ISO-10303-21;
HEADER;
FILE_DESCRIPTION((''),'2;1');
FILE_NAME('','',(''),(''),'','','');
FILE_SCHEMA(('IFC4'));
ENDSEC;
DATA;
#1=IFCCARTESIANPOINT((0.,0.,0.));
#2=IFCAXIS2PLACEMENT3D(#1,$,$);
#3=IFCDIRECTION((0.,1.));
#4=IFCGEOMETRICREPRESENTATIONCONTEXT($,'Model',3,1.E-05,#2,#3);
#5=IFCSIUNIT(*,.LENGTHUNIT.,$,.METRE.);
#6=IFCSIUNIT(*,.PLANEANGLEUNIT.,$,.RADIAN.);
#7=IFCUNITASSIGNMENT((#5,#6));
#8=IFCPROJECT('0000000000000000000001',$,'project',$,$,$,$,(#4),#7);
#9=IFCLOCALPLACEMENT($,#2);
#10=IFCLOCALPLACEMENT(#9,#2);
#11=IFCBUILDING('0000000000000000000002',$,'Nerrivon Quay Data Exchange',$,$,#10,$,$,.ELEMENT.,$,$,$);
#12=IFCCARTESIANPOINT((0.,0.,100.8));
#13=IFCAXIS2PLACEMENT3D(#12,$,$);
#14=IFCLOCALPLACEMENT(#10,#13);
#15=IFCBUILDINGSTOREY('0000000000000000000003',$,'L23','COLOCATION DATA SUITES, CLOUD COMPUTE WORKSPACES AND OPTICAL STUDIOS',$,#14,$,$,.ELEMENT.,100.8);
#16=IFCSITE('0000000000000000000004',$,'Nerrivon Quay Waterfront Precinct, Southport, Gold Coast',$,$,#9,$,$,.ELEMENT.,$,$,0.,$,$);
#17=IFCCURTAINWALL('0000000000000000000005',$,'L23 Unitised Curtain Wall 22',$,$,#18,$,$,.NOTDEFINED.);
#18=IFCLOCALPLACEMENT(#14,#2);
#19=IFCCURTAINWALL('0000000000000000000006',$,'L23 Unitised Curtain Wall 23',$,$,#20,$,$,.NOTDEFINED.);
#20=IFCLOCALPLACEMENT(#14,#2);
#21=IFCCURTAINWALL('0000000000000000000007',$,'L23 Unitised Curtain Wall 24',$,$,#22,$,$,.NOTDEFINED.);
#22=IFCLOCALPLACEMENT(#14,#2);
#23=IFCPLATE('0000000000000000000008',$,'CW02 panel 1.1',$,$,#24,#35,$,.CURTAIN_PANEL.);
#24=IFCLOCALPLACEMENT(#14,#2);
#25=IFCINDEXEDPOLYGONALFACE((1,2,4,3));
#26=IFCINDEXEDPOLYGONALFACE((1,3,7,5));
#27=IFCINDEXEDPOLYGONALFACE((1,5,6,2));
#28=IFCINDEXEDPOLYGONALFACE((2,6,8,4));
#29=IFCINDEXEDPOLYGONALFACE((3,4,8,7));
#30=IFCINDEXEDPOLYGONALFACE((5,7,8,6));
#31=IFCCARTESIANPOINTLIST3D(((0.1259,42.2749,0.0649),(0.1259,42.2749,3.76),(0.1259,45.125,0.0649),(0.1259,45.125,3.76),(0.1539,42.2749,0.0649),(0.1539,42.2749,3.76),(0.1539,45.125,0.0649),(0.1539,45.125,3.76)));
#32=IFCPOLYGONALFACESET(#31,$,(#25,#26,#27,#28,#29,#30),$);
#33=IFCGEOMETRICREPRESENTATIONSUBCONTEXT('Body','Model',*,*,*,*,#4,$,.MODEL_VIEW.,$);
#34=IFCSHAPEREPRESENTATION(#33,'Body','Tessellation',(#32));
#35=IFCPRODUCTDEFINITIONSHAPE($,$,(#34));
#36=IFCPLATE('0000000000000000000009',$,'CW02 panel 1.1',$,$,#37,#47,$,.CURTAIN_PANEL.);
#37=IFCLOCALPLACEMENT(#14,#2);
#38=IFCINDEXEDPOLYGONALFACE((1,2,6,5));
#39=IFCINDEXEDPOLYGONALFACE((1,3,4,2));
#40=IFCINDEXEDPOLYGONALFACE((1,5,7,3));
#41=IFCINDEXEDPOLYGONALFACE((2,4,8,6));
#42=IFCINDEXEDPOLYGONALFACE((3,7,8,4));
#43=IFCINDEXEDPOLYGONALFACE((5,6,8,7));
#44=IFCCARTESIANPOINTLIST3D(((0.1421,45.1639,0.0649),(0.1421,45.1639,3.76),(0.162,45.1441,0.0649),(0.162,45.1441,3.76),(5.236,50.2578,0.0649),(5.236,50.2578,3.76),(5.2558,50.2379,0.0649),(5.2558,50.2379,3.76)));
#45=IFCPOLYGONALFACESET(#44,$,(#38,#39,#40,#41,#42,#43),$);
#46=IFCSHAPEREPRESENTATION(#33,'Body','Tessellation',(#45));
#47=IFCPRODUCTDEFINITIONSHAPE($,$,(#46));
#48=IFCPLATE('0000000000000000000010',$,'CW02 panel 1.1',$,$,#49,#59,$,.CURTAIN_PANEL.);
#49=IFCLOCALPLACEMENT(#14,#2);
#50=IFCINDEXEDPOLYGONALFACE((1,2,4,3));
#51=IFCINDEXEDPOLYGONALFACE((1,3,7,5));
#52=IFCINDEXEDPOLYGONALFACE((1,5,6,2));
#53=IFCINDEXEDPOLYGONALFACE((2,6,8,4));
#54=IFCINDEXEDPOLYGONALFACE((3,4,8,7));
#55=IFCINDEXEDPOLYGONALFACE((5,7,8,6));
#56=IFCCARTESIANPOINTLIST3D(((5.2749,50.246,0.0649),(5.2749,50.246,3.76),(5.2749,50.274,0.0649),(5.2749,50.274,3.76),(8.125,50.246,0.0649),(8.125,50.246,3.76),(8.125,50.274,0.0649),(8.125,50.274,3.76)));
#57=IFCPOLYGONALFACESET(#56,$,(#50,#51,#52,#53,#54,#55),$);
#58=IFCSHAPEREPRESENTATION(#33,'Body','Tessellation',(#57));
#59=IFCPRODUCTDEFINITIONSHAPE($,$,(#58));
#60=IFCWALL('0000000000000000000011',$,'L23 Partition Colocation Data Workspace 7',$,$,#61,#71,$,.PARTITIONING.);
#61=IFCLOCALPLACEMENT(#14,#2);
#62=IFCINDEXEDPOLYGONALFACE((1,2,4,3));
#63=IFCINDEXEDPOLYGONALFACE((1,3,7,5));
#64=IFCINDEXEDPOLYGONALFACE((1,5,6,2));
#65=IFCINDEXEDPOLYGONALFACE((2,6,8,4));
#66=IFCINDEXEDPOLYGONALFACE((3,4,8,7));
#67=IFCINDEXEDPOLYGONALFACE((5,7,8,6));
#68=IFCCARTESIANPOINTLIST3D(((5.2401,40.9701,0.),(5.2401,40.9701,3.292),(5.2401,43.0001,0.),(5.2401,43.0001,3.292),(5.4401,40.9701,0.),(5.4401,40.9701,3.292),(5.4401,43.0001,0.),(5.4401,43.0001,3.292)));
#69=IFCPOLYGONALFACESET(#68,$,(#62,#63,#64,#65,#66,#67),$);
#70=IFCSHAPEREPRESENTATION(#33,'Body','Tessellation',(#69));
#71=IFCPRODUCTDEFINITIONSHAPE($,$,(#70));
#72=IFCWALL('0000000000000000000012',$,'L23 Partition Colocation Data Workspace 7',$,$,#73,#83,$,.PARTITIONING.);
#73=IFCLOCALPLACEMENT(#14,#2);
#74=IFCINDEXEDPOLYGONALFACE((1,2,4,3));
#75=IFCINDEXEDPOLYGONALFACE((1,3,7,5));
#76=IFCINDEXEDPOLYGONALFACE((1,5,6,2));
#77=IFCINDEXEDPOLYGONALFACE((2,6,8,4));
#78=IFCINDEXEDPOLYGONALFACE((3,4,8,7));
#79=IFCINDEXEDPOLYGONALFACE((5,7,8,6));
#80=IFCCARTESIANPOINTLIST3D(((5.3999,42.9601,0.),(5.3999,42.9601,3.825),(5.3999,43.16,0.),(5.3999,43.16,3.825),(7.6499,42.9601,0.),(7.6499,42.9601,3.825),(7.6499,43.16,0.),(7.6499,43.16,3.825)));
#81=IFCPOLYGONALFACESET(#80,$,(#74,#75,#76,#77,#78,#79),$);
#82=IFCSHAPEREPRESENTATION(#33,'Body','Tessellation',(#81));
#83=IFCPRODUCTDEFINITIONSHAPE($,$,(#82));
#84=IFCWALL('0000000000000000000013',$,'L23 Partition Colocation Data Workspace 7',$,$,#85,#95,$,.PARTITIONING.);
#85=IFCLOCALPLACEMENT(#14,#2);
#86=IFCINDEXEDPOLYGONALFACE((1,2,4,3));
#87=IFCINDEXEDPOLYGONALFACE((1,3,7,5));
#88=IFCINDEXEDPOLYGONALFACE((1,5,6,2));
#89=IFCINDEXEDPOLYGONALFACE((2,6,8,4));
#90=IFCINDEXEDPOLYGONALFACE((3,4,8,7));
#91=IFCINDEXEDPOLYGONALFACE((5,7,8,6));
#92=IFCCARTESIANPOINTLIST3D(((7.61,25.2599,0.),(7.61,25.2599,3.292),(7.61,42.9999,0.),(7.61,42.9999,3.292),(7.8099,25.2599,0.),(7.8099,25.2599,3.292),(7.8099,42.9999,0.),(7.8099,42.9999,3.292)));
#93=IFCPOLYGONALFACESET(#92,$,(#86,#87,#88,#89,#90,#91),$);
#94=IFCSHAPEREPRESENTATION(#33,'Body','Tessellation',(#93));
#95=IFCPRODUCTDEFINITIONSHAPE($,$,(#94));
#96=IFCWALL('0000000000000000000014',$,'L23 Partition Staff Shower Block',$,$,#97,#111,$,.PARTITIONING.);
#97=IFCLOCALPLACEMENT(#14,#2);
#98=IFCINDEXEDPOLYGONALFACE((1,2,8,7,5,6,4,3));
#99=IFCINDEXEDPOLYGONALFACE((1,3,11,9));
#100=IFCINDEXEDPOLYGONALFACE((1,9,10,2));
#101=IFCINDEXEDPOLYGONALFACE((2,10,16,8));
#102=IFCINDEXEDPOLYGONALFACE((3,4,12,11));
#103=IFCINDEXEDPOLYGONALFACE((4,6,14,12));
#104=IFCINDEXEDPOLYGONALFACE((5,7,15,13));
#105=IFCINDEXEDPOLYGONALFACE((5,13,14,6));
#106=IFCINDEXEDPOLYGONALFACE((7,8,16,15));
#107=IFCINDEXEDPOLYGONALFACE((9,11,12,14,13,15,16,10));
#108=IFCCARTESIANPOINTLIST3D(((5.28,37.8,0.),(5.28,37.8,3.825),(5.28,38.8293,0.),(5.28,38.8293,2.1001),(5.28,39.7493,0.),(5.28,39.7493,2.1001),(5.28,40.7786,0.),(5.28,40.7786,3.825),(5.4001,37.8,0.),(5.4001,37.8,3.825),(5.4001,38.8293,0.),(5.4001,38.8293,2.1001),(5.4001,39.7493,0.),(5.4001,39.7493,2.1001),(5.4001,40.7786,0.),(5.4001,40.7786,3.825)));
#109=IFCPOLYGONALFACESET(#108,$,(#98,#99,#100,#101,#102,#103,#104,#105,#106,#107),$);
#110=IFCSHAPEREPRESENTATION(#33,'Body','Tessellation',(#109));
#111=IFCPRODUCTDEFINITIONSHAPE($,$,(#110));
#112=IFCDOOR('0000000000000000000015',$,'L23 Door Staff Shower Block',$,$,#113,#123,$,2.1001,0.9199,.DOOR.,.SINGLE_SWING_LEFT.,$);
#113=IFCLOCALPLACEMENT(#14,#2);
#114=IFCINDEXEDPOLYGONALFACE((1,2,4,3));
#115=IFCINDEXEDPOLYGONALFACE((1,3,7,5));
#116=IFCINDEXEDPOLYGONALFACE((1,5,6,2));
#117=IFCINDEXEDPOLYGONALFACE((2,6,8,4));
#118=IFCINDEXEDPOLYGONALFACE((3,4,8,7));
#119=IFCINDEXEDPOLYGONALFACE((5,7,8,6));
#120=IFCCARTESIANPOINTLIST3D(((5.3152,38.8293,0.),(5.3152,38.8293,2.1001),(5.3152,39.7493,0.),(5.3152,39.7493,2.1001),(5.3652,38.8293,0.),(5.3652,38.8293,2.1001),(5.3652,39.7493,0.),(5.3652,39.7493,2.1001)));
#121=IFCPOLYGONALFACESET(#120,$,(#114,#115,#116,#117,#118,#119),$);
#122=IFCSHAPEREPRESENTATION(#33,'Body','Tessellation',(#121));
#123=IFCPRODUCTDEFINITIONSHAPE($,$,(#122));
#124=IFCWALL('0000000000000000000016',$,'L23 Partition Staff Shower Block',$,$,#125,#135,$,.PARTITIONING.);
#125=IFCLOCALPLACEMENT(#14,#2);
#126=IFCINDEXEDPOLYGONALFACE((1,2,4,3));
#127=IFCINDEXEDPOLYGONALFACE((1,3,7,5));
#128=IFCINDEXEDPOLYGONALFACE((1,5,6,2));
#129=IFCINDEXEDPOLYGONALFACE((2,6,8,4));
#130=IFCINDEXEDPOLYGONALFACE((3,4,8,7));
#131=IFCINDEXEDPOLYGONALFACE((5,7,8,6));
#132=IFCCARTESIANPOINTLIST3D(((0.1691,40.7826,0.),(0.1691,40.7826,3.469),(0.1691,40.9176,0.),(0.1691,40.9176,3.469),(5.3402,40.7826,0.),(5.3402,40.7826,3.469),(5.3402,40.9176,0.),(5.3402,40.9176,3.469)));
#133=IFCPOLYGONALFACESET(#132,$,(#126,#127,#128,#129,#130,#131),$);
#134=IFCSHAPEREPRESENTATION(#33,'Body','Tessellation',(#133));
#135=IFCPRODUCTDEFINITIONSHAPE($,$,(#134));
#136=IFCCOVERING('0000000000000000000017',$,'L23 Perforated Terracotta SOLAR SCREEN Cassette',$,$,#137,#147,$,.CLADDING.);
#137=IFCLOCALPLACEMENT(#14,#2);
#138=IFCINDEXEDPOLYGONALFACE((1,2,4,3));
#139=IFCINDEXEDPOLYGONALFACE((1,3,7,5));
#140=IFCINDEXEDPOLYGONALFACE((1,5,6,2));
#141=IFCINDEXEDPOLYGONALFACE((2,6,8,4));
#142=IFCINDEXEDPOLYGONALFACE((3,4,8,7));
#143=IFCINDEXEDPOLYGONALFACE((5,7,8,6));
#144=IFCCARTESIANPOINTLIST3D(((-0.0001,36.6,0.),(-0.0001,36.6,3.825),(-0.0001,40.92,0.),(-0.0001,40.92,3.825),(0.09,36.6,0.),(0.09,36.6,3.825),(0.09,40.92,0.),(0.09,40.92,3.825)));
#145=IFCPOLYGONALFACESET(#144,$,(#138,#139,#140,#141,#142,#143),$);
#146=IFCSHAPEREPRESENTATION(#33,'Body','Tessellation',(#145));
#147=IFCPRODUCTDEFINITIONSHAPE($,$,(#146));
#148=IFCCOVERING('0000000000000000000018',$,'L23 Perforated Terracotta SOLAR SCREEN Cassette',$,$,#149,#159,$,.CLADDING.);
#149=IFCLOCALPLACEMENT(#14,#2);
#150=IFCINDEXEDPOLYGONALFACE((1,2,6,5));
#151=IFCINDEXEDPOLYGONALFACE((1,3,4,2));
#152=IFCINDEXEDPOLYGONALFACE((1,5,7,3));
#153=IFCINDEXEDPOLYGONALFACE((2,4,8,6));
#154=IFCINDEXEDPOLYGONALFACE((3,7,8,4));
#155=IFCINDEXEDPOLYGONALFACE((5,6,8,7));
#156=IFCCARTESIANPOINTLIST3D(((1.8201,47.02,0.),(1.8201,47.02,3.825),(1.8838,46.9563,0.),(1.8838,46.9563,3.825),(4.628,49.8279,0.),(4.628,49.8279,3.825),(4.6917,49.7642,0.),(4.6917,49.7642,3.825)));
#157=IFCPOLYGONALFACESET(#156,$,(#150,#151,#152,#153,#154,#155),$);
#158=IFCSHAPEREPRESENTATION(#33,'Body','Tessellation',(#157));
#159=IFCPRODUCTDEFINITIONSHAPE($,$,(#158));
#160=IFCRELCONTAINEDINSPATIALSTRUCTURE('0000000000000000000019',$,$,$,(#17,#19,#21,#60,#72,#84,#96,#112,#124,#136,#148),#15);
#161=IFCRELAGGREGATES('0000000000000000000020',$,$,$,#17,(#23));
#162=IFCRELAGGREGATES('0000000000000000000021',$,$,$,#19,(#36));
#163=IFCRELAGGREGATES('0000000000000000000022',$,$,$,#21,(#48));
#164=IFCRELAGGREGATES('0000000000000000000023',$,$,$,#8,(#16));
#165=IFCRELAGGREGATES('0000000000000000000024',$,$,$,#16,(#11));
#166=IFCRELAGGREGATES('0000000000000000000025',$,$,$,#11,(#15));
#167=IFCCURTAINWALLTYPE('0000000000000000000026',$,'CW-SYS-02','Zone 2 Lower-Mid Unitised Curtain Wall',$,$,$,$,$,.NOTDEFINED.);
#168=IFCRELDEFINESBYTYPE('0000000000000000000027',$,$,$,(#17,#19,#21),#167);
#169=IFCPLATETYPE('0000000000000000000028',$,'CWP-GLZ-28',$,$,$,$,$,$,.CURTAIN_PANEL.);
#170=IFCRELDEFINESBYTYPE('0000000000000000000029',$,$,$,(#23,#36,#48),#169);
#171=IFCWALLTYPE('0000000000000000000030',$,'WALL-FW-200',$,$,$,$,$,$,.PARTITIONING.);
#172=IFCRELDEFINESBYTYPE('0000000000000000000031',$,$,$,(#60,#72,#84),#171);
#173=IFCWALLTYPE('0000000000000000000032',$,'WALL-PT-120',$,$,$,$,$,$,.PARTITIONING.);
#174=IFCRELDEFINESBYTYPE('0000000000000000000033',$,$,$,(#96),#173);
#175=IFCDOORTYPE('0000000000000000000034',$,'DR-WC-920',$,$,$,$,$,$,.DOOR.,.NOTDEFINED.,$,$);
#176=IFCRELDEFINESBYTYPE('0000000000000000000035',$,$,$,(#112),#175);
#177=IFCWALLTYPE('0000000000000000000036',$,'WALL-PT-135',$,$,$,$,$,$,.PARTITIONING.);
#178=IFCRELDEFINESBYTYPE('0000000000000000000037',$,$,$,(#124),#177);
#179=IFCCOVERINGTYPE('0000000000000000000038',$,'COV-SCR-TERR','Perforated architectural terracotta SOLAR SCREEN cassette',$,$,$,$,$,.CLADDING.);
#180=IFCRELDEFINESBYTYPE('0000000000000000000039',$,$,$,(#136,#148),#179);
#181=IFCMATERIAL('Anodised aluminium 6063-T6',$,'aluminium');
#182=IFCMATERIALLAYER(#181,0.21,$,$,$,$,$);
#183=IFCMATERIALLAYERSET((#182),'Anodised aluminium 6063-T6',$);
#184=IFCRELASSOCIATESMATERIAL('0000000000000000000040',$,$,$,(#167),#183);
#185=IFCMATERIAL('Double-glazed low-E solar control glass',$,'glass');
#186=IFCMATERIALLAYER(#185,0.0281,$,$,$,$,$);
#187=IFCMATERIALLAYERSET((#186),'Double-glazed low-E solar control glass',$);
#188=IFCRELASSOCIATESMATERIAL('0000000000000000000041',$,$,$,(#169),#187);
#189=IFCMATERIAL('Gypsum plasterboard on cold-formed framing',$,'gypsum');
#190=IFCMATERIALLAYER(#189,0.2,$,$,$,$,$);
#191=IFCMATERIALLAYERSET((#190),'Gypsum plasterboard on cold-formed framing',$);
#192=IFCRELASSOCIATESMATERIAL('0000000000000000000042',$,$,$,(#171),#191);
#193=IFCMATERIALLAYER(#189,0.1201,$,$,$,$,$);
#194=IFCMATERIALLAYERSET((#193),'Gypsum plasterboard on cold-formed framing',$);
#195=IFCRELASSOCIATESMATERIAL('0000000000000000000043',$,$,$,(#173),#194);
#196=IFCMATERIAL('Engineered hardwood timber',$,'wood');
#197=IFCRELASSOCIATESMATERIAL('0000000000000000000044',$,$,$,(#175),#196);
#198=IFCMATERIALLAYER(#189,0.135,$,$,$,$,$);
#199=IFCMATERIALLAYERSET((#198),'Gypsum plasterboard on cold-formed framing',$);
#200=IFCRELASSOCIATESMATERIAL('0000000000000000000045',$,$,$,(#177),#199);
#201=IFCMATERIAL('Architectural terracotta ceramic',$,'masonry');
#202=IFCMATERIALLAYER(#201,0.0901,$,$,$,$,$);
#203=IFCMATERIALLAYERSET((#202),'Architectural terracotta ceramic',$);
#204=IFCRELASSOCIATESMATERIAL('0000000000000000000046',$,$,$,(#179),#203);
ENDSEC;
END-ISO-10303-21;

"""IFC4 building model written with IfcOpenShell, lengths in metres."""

from ifc_helpers import new_model, si_unit, direction, frame, frame_2d, origin, origin_2d, place, context, subcontext, project, spatial, rectangle, extrude, material, layer, layer_set, type_object, element, fill, aggregate, save


model = new_model("IFC4")

# Units and contexts
model_context = context("Model", 3, precision=1e-05, world=origin(), true_north=direction((0.0, 1.0)))
body_context = subcontext(model_context, "Body", "Model", "MODEL_VIEW")
ifc_project = project(units=[si_unit("LENGTHUNIT", "METRE"), si_unit("PLANEANGLEUNIT", "RADIAN")], contexts=[model_context])

# Site, building, storey
site_placement = place(None, origin())
site = spatial("IfcSite", under=ifc_project, at=site_placement, Name="Nerrivon Quay Waterfront Precinct, Southport, Gold Coast", CompositionType="ELEMENT", RefElevation=0.0)
building_placement = place(site_placement, origin())
building = spatial("IfcBuilding", under=site, at=building_placement, Name="Nerrivon Quay Data Exchange", CompositionType="ELEMENT")
storey_placement = place(building_placement, frame((0.0, 0.0, 100.8)))
storey = spatial("IfcBuildingStorey", under=building, at=storey_placement, Name="L23", Description="COLOCATION DATA SUITES, CLOUD COMPUTE WORKSPACES AND OPTICAL STUDIOS", CompositionType="ELEMENT", Elevation=100.8)

# Shared definitions
ifc_material_1 = material(Name="Anodised aluminium 6063-T6", Category="aluminium")
ifc_layer_1 = layer(ifc_material_1, 0.21)
ifc_layer_set_1 = layer_set([ifc_layer_1], Name="Anodised aluminium 6063-T6")
curtain_wall_type = type_object("IfcCurtainWallType", Name="CW-SYS-02", Description="Zone 2 Lower-Mid Unitised Curtain Wall", PredefinedType="NOTDEFINED", material=ifc_layer_set_1)

# Curtain walls
curtain_wall_1_placement = place(storey_placement, origin())
curtain_wall_1 = element("IfcCurtainWall", 1, at=curtain_wall_1_placement, inside=storey, type_object=curtain_wall_type, Name="L23 Unitised Curtain Wall 22", PredefinedType="NOTDEFINED")
curtain_wall_2_placement = place(storey_placement, origin())
curtain_wall_2 = element("IfcCurtainWall", 2, at=curtain_wall_2_placement, inside=storey, type_object=curtain_wall_type, Name="L23 Unitised Curtain Wall 23", PredefinedType="NOTDEFINED")
curtain_wall_3_placement = place(storey_placement, origin())
curtain_wall_3 = element("IfcCurtainWall", 3, at=curtain_wall_3_placement, inside=storey, type_object=curtain_wall_type, Name="L23 Unitised Curtain Wall 24", PredefinedType="NOTDEFINED")

# Plates
ifc_material_2 = material(Name="Double-glazed low-E solar control glass", Category="glass")
ifc_layer_2 = layer(ifc_material_2, 0.0281)
ifc_layer_set_2 = layer_set([ifc_layer_2], Name="Double-glazed low-E solar control glass")
plate_type = type_object("IfcPlateType", Name="CWP-GLZ-28", PredefinedType="CURTAIN_PANEL", material=ifc_layer_set_2)
plate_1_placement = place(storey_placement, frame((0.1399, 43.7, 0.0649), z_axis=(0.0, 0.0, 1.0), x_axis=(0.0, 1.0, 0.0)))
plate_1 = element("IfcPlate", 4, at=plate_1_placement, type_object=plate_type, Name="CW02 panel 1.1", PredefinedType="CURTAIN_PANEL", context=body_context, shape_type="SweptSolid", body=[
    extrude(rectangle(XDim=2.8501, YDim=0.0281, at=origin_2d()), origin(), (0.0, 0.0, 1.0), 3.6951),
])
aggregate(curtain_wall_1, [plate_1])
plate_2_placement = place(storey_placement, frame((2.699, 47.7009, 0.0649), z_axis=(0.0, 0.0, 1.0), x_axis=(0.707107, 0.707107, 0.0)))
plate_2 = element("IfcPlate", 5, at=plate_2_placement, type_object=plate_type, Name="CW02 panel 1.1", PredefinedType="CURTAIN_PANEL", context=body_context, shape_type="SweptSolid", body=[
    extrude(rectangle(XDim=7.2039, YDim=0.0281, at=origin_2d()), origin(), (0.0, 0.0, 1.0), 3.6951),
])
aggregate(curtain_wall_2, [plate_2])
plate_3_placement = place(storey_placement, frame((6.7, 50.26, 0.0649), z_axis=(0.0, 0.0, 1.0), x_axis=(1.0, 0.0, 0.0)))
plate_3 = element("IfcPlate", 6, at=plate_3_placement, type_object=plate_type, Name="CW02 panel 1.1", PredefinedType="CURTAIN_PANEL", context=body_context, shape_type="SweptSolid", body=[
    extrude(rectangle(XDim=2.8501, YDim=0.0281, at=origin_2d()), origin(), (0.0, 0.0, 1.0), 3.6951),
])
aggregate(curtain_wall_3, [plate_3])

# Walls
ifc_material_3 = material(Name="Gypsum plasterboard on cold-formed framing", Category="gypsum")
ifc_layer_3 = layer(ifc_material_3, 0.2)
ifc_layer_set_3 = layer_set([ifc_layer_3], Name="Gypsum plasterboard on cold-formed framing")
wall_type_1 = type_object("IfcWallType", Name="WALL-FW-200", PredefinedType="PARTITIONING", material=ifc_layer_set_3)
wall_1_placement = place(storey_placement, frame((5.3401, 40.97, 0.0), z_axis=(0.0, 0.0, 1.0), x_axis=(0.0, 1.0, 0.0)))
element("IfcWall", 7, at=wall_1_placement, inside=storey, type_object=wall_type_1, Name="L23 Partition Colocation Data Workspace 7", PredefinedType="PARTITIONING", context=body_context, shape_type="SweptSolid", body=[
    extrude(rectangle(XDim=2.03, YDim=0.2, at=frame_2d((1.0151, 0.0))), origin(), (0.0, 0.0, 1.0), 3.292),
])
wall_2_placement = place(storey_placement, frame((5.3999, 43.0601, 0.0), z_axis=(0.0, 0.0, 1.0), x_axis=(1.0, 0.0, 0.0)))
element("IfcWall", 8, at=wall_2_placement, inside=storey, type_object=wall_type_1, Name="L23 Partition Colocation Data Workspace 7", PredefinedType="PARTITIONING", context=body_context, shape_type="SweptSolid", body=[
    extrude(rectangle(XDim=2.25, YDim=0.2, at=frame_2d((1.125, 0.0))), origin(), (0.0, 0.0, 1.0), 3.825),
])
wall_3_placement = place(storey_placement, frame((7.71, 43.0, 0.0), z_axis=(0.0, 0.0, 1.0), x_axis=(0.0, -1.0, 0.0)))
element("IfcWall", 9, at=wall_3_placement, inside=storey, type_object=wall_type_1, Name="L23 Partition Colocation Data Workspace 7", PredefinedType="PARTITIONING", context=body_context, shape_type="SweptSolid", body=[
    extrude(rectangle(XDim=17.74, YDim=0.2, at=frame_2d((8.8701, 0.0))), origin(), (0.0, 0.0, 1.0), 3.292),
])

# Wall, opening, door
ifc_layer_4 = layer(ifc_material_3, 0.1201)
ifc_layer_set_4 = layer_set([ifc_layer_4], Name="Gypsum plasterboard on cold-formed framing")
wall_type_2 = type_object("IfcWallType", Name="WALL-PT-120", PredefinedType="PARTITIONING", material=ifc_layer_set_4)
wall_4_placement = place(storey_placement, frame((5.3401, 37.8, 0.0), z_axis=(0.0, 0.0, 1.0), x_axis=(0.0, 1.0, 0.0)))
wall_4 = element("IfcWall", 10, at=wall_4_placement, inside=storey, type_object=wall_type_2, Name="L23 Partition Staff Shower Block", PredefinedType="PARTITIONING", context=body_context, shape_type="SweptSolid", body=[
    extrude(rectangle(XDim=2.9785, YDim=0.1201, at=frame_2d((1.4893, 0.0))), origin(), (0.0, 0.0, 1.0), 3.825),
])
opening_placement = place(wall_4_placement, frame((1.0293, 0.0, 0.0)))
opening = element("IfcOpeningElement", 11, at=opening_placement, cuts=wall_4, PredefinedType="OPENING", context=body_context, shape_type="SweptSolid", body=[
    extrude(rectangle(XDim=0.9199, YDim=2.1001, at=frame_2d((0.46, 1.05))), frame((0.0, 0.0701, 0.0), z_axis=(0.0, -1.0, 0.0), x_axis=(1.0, 0.0, 0.0)), (0.0, 0.0, 1.0), 0.1401),
])
ifc_material_4 = material(Name="Engineered hardwood timber", Category="wood")
door_type = type_object("IfcDoorType", Name="DR-WC-920", OperationType="NOTDEFINED", PredefinedType="DOOR", material=ifc_material_4)
door_placement = place(opening_placement, origin())
door = element("IfcDoor", 12, at=door_placement, inside=storey, type_object=door_type, Name="L23 Door Staff Shower Block", OperationType="SINGLE_SWING_LEFT", OverallHeight=2.1001, OverallWidth=0.9199, PredefinedType="DOOR", context=body_context, shape_type="SweptSolid", body=[
    extrude(rectangle(XDim=0.9199, YDim=2.1001, at=frame_2d((0.46, 1.05))), frame((0.0, 0.0249, 0.0), z_axis=(0.0, -1.0, 0.0), x_axis=(1.0, 0.0, 0.0)), (0.0, 0.0, 1.0), 0.05),
])
fill(opening, door)

# Wall
ifc_layer_5 = layer(ifc_material_3, 0.135)
ifc_layer_set_5 = layer_set([ifc_layer_5], Name="Gypsum plasterboard on cold-formed framing")
wall_type_3 = type_object("IfcWallType", Name="WALL-PT-135", PredefinedType="PARTITIONING", material=ifc_layer_set_5)
wall_5_placement = place(storey_placement, frame((5.3401, 40.8501, 0.0), z_axis=(0.0, 0.0, 1.0), x_axis=(-1.0, 0.0, 0.0)))
element("IfcWall", 13, at=wall_5_placement, inside=storey, type_object=wall_type_3, Name="L23 Partition Staff Shower Block", PredefinedType="PARTITIONING", context=body_context, shape_type="SweptSolid", body=[
    extrude(rectangle(XDim=5.1711, YDim=0.135, at=frame_2d((2.5854, 0.0))), origin(), (0.0, 0.0, 1.0), 3.469),
])

# Coverings
ifc_material_5 = material(Name="Architectural terracotta ceramic", Category="masonry")
ifc_layer_6 = layer(ifc_material_5, 0.0901)
ifc_layer_set_6 = layer_set([ifc_layer_6], Name="Architectural terracotta ceramic")
covering_type = type_object("IfcCoveringType", Name="COV-SCR-TERR", Description="Perforated architectural terracotta SOLAR SCREEN cassette", PredefinedType="CLADDING", material=ifc_layer_set_6)
covering_1_placement = place(storey_placement, frame((0.0449, 38.76, 0.0), z_axis=(0.0, 0.0, 1.0), x_axis=(0.0, 1.0, 0.0)))
element("IfcCovering", 14, at=covering_1_placement, inside=storey, type_object=covering_type, Name="L23 Perforated Terracotta SOLAR SCREEN Cassette", PredefinedType="CLADDING", context=body_context, shape_type="SweptSolid", body=[
    extrude(rectangle(XDim=4.3201, YDim=0.0901, at=origin_2d()), origin(), (0.0, 0.0, 1.0), 3.825),
])
covering_2_placement = place(storey_placement, frame((3.2559, 48.3921, 0.0), z_axis=(0.0, 0.0, 1.0), x_axis=(0.707107, 0.707107, 0.0)))
element("IfcCovering", 15, at=covering_2_placement, inside=storey, type_object=covering_type, Name="L23 Perforated Terracotta SOLAR SCREEN Cassette", PredefinedType="CLADDING", context=body_context, shape_type="SweptSolid", body=[
    extrude(rectangle(XDim=3.9709, YDim=0.0901, at=origin_2d()), origin(), (0.0, 0.0, 1.0), 3.825),
])

save(model, "model.ifc")
